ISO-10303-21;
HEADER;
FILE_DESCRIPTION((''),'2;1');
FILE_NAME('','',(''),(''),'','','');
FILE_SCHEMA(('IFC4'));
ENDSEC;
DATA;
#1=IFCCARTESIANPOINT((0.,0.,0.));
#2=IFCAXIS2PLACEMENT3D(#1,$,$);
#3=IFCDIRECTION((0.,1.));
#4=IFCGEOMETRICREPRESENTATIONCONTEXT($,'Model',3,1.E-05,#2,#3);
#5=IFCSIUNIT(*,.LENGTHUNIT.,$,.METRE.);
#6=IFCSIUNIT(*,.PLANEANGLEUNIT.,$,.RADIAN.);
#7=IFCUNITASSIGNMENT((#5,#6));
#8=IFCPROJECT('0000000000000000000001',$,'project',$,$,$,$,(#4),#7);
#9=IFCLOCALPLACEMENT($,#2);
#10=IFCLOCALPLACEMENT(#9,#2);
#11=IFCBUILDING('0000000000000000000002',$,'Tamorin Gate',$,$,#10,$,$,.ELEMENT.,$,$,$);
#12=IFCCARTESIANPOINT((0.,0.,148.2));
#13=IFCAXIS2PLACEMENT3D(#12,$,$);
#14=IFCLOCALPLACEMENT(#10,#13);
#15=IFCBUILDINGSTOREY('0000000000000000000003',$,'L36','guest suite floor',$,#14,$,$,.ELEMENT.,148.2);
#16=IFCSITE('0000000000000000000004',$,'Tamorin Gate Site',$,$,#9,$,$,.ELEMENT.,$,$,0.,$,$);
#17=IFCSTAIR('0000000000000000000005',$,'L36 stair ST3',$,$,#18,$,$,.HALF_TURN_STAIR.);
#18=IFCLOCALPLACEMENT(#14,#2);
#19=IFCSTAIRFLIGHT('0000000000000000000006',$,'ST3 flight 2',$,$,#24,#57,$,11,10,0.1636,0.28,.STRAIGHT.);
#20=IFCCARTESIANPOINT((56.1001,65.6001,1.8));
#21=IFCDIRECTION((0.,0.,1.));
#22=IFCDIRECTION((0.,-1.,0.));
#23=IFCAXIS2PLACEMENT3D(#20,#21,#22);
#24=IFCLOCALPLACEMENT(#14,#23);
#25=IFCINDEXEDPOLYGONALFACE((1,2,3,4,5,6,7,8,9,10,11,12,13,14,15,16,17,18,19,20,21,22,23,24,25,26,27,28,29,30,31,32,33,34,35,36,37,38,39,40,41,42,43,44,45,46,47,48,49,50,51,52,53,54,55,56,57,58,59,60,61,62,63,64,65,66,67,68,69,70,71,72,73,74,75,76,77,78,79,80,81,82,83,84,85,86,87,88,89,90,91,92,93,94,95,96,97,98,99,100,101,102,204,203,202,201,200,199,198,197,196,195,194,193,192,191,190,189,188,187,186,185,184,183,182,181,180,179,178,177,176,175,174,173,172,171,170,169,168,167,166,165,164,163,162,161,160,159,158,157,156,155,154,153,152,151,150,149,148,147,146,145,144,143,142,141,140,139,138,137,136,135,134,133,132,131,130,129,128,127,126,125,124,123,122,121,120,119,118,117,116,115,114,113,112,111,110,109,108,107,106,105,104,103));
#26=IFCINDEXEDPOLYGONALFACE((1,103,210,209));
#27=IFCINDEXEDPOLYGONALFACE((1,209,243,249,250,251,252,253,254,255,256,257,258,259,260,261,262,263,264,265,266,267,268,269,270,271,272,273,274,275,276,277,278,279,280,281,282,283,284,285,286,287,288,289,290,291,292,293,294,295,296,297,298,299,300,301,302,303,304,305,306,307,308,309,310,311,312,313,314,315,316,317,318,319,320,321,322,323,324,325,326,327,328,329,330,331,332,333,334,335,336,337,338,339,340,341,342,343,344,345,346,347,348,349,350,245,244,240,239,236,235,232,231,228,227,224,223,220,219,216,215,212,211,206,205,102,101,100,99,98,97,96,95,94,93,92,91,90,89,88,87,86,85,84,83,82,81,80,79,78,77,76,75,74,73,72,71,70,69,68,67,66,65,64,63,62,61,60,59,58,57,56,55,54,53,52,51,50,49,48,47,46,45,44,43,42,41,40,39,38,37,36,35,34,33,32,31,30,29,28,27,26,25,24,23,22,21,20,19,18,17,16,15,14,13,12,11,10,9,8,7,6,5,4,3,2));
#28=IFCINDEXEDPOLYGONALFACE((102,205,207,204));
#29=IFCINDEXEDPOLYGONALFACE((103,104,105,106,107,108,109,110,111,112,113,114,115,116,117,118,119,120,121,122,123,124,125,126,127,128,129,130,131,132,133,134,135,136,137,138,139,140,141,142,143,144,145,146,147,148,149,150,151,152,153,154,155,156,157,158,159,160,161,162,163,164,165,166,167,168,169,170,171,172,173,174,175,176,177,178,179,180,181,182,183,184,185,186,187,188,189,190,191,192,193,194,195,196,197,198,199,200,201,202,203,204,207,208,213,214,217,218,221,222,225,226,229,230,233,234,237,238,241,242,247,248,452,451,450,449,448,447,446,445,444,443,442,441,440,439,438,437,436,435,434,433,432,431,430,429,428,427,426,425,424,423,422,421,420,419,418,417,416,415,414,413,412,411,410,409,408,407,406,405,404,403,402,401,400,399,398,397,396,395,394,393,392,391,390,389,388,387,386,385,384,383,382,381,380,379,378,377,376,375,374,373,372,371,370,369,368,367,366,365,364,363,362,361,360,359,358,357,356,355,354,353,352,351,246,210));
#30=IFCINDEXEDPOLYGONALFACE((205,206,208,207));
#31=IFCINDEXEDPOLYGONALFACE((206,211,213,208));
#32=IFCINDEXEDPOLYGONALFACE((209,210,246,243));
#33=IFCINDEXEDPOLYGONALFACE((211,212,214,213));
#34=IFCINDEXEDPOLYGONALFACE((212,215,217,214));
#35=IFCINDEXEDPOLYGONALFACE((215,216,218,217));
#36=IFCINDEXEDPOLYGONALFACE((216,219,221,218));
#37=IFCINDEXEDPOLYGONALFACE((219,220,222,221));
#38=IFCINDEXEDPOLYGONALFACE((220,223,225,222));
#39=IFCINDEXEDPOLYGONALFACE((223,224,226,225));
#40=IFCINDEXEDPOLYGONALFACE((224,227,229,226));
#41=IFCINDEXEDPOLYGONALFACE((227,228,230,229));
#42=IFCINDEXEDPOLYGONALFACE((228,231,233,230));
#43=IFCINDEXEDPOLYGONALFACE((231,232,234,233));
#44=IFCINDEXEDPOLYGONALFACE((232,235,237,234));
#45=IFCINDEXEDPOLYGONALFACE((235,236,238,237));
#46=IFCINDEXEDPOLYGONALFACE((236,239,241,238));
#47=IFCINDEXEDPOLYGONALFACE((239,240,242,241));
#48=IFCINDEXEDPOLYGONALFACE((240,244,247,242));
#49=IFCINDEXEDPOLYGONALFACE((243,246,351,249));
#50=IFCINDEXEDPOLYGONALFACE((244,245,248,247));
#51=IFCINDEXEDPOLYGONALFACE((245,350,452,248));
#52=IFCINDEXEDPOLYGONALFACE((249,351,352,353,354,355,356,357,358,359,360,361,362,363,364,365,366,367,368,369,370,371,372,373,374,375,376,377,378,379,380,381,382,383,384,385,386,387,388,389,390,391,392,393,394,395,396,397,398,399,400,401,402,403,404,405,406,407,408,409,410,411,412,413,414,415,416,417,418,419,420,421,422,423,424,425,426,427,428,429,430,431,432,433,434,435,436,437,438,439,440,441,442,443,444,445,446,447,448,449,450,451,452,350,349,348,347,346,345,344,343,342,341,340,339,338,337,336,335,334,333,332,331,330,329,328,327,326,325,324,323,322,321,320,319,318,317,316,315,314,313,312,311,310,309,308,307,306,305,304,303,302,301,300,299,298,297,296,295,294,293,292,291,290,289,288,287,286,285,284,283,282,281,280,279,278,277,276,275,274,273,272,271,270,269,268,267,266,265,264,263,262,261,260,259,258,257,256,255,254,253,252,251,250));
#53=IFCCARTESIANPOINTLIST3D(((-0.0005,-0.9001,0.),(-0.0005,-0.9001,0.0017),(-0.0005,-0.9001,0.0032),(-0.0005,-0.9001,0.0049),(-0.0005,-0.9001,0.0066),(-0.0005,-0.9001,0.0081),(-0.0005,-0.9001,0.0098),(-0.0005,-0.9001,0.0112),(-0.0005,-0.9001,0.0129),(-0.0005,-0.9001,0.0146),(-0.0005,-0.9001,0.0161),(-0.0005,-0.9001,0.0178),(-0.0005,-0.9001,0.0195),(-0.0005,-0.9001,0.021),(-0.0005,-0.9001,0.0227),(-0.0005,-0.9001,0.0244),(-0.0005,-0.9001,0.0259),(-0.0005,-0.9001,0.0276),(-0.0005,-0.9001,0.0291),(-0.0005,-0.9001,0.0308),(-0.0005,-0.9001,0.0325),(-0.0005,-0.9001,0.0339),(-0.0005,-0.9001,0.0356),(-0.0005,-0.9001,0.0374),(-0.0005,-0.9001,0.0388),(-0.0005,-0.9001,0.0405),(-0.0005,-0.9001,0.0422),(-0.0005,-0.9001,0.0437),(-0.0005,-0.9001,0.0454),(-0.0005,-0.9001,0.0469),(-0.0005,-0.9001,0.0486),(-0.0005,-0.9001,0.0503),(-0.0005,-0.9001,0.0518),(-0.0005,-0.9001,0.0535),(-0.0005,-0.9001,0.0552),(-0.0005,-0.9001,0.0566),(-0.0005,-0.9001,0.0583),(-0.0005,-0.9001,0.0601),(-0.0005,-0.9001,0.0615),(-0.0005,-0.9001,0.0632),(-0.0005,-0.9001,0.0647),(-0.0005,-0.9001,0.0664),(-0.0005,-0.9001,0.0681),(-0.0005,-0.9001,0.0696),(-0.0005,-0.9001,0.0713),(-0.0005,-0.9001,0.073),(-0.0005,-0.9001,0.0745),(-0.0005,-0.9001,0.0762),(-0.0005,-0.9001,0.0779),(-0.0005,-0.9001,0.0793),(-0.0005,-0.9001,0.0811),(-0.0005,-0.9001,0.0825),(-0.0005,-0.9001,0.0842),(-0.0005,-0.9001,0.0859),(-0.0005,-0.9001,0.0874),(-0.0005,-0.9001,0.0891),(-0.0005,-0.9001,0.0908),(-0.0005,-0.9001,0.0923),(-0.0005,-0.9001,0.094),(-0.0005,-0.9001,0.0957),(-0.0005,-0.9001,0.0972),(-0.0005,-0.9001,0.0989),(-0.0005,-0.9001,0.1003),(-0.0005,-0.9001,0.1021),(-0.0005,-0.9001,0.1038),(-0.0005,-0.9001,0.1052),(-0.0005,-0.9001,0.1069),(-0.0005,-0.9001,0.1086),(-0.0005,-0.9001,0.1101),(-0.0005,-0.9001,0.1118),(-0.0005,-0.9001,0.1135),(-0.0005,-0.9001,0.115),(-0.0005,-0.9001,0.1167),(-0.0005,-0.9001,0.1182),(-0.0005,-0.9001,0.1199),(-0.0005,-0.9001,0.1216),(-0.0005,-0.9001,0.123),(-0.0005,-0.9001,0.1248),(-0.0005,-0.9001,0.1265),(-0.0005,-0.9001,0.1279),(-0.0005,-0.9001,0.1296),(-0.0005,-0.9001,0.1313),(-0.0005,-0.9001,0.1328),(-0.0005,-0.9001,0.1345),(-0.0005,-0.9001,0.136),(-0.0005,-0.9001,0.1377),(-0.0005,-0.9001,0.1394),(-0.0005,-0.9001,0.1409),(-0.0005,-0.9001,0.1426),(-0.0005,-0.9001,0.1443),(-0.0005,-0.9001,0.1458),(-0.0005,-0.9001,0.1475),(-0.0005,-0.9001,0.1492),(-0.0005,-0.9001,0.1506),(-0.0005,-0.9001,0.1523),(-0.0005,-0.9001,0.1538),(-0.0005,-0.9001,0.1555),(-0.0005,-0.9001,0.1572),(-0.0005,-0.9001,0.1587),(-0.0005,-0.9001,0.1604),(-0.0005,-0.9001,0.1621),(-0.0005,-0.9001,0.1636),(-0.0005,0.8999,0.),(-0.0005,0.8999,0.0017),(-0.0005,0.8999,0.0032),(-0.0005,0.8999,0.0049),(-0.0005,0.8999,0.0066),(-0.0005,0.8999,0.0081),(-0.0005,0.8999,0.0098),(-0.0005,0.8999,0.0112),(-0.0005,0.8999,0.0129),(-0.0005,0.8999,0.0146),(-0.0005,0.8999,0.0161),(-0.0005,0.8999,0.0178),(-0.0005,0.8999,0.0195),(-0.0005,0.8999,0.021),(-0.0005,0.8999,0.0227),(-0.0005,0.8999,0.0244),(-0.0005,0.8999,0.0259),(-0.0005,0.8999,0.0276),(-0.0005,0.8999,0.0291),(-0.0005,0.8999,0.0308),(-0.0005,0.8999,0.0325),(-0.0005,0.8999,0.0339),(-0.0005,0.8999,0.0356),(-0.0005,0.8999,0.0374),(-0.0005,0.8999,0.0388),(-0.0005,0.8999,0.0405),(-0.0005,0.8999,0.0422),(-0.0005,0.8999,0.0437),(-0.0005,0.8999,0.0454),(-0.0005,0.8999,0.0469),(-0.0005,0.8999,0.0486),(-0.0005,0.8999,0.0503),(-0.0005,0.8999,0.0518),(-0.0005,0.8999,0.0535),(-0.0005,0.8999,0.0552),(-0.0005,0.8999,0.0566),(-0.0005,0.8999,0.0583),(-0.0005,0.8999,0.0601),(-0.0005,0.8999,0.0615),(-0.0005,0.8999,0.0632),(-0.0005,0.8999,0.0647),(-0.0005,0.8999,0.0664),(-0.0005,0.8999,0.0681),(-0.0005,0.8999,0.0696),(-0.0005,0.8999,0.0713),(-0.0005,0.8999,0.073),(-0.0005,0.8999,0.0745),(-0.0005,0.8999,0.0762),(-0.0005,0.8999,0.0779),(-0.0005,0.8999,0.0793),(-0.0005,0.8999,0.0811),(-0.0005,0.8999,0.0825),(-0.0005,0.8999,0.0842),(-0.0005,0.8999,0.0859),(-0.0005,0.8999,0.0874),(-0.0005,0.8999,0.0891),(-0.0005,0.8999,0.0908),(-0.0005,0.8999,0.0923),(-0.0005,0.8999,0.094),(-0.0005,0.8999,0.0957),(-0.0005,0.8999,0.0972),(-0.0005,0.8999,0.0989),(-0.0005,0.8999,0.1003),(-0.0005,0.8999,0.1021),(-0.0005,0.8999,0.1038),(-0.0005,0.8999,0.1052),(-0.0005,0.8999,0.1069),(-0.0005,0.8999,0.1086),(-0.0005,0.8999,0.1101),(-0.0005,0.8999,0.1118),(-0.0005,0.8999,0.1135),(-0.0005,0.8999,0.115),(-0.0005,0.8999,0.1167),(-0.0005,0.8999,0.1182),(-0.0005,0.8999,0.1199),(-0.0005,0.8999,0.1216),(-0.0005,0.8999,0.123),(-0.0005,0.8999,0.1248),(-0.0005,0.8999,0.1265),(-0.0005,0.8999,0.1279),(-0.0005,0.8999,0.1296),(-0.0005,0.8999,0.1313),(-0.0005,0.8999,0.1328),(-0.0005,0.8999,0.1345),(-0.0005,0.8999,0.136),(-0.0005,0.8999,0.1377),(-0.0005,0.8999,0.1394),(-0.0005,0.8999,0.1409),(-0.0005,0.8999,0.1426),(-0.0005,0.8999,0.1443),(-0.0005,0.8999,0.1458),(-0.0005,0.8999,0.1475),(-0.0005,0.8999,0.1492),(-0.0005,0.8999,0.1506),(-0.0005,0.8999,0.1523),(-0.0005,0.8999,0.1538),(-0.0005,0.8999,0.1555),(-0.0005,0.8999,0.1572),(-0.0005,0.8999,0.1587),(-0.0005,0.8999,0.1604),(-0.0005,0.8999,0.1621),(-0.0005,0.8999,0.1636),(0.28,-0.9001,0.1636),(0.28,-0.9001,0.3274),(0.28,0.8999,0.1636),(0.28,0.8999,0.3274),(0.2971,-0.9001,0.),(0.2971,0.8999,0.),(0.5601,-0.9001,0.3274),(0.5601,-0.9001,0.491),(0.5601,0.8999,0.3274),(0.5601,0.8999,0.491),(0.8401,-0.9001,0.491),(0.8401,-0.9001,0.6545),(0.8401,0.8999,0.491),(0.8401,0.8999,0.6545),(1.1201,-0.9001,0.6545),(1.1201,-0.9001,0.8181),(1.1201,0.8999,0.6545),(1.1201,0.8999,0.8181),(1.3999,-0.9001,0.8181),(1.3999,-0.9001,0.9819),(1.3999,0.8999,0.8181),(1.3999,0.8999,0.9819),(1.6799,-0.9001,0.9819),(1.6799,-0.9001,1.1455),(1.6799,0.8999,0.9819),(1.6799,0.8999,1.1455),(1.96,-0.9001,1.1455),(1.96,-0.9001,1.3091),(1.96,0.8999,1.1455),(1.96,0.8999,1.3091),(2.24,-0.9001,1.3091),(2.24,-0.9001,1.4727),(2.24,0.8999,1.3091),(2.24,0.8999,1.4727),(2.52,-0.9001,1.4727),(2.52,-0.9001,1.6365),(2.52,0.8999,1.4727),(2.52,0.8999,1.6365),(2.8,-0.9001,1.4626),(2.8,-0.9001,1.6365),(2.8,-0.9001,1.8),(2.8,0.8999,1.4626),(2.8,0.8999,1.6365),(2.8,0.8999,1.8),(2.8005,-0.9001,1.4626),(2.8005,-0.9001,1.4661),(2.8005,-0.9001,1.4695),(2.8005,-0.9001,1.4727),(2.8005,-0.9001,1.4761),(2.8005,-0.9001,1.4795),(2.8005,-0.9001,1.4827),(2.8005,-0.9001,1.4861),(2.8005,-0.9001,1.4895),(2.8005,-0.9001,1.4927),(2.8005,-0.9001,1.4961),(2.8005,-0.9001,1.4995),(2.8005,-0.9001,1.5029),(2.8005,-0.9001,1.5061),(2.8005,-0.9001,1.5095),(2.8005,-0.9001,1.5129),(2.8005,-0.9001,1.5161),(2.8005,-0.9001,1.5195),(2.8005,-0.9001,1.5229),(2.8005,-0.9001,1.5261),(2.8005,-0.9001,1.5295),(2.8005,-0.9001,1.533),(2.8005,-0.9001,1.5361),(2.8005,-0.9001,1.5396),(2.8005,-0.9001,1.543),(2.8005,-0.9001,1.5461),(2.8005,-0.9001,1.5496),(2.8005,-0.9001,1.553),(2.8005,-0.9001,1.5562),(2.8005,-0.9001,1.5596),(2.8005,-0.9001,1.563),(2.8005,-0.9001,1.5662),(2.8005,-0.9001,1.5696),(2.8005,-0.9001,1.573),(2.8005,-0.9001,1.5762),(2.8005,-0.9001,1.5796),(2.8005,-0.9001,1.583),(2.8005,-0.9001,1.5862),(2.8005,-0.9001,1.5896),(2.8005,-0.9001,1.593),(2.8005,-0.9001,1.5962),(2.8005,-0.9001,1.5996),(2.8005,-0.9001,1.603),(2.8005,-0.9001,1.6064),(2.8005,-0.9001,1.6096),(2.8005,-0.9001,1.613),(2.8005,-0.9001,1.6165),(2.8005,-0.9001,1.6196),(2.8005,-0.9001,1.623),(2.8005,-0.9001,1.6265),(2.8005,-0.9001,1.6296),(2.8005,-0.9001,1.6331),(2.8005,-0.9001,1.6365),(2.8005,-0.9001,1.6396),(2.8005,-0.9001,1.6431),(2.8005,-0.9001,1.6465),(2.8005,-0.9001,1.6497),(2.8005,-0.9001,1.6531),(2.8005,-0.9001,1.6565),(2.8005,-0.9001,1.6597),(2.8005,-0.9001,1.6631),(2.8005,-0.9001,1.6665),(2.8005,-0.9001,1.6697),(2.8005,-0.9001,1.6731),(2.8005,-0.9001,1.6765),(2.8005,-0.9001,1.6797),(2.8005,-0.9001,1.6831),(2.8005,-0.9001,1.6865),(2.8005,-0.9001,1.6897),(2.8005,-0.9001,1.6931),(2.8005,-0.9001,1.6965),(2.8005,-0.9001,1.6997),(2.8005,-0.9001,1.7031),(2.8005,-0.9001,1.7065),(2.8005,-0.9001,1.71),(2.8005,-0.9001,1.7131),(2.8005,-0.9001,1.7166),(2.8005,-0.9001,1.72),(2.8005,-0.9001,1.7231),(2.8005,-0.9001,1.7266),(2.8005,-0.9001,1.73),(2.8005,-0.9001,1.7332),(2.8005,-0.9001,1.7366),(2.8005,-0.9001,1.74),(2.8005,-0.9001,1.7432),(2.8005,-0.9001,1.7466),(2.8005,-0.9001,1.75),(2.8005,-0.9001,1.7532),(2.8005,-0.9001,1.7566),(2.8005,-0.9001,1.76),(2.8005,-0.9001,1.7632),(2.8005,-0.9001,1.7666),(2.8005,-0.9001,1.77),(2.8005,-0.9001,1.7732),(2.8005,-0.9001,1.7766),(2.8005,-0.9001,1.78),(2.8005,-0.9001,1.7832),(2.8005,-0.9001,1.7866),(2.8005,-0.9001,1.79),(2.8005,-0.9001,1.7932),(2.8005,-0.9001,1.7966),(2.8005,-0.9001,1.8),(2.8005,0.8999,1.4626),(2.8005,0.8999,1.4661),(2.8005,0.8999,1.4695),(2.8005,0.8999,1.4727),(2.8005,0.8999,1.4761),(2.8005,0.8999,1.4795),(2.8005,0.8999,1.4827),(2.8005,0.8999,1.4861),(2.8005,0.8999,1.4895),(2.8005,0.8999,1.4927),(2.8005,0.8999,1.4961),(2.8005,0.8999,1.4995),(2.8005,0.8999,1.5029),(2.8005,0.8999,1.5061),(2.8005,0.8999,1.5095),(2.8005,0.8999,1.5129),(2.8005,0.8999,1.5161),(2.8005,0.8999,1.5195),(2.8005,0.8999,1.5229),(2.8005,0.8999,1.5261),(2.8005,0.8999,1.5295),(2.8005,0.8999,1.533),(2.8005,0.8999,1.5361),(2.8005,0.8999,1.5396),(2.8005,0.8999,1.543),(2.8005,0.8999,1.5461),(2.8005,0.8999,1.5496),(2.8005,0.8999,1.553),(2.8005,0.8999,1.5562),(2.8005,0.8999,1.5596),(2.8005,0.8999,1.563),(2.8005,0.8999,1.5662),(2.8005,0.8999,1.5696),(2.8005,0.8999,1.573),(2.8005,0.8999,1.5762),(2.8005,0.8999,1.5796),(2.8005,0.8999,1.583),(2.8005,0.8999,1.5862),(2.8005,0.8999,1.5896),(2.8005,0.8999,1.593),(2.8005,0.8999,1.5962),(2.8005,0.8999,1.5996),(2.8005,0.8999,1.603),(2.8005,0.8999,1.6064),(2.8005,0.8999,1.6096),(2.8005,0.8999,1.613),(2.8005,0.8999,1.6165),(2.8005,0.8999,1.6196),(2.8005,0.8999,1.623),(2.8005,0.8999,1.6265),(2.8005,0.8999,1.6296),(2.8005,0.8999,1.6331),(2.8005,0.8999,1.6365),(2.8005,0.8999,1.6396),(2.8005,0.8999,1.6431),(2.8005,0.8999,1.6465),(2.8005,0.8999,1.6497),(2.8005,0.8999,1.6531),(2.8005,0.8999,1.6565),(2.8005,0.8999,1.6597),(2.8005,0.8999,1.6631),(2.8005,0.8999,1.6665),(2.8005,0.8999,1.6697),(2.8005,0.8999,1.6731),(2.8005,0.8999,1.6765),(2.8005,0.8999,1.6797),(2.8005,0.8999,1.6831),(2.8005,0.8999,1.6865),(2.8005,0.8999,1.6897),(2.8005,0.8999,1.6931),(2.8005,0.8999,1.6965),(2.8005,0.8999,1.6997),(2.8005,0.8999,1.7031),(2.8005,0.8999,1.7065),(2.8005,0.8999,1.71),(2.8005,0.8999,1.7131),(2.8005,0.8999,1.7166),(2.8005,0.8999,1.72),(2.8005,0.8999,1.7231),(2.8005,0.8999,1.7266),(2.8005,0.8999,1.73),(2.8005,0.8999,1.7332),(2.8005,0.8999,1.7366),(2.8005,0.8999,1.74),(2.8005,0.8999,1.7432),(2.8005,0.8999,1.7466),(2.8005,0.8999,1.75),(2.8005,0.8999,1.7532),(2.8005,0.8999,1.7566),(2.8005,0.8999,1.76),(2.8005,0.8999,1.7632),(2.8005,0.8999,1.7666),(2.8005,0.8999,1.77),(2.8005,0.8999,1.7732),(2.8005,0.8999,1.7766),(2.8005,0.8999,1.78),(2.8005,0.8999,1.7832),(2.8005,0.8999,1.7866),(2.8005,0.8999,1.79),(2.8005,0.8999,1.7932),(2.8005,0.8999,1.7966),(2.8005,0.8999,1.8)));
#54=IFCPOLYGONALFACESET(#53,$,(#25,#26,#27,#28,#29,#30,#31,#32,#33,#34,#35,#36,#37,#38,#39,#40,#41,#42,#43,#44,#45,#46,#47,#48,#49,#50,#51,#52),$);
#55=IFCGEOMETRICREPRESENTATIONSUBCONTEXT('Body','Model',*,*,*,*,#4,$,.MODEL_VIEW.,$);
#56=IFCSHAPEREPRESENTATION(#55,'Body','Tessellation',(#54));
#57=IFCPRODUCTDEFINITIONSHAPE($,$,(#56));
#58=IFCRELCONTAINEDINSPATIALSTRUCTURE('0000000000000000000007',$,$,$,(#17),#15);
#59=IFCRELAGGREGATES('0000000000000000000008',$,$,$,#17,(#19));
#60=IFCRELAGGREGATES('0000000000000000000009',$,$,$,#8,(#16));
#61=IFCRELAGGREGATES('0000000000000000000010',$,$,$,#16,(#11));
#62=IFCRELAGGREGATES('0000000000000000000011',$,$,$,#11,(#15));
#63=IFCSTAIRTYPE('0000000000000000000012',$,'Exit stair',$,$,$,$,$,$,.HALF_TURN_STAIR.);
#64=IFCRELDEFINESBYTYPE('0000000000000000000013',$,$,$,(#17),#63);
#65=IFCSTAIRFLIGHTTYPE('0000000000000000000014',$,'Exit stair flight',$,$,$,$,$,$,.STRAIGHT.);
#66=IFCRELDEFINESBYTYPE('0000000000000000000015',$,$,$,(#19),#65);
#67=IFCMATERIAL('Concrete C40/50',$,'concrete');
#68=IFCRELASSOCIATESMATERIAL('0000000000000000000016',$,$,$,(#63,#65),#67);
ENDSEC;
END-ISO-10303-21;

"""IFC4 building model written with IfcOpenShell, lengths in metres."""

from ifc_helpers import new_model, si_unit, direction, frame, origin, place, context, subcontext, project, spatial, polyline, outline, extrude, material, type_object, element, aggregate, save


model = new_model("IFC4")

# Units and contexts
model_context = context("Model", 3, precision=1e-05, world=origin(), true_north=direction((0.0, 1.0)))
body_context = subcontext(model_context, "Body", "Model", "MODEL_VIEW")
ifc_project = project(units=[si_unit("LENGTHUNIT", "METRE"), si_unit("PLANEANGLEUNIT", "RADIAN")], contexts=[model_context])

# Site, building, storey
site_placement = place(None, origin())
site = spatial("IfcSite", under=ifc_project, at=site_placement, Name="Tamorin Gate Site", CompositionType="ELEMENT", RefElevation=0.0)
building_placement = place(site_placement, origin())
building = spatial("IfcBuilding", under=site, at=building_placement, Name="Tamorin Gate", CompositionType="ELEMENT")
storey_placement = place(building_placement, frame((0.0, 0.0, 148.2)))
storey = spatial("IfcBuildingStorey", under=building, at=storey_placement, Name="L36", Description="guest suite floor", CompositionType="ELEMENT", Elevation=148.2)

# Shared definitions
ifc_material_1 = material(Name="Concrete C40/50", Category="concrete")

# Stair, stair flight
stair_type = type_object("IfcStairType", Name="Exit stair", PredefinedType="HALF_TURN_STAIR", material=ifc_material_1)
stair_placement = place(storey_placement, origin())
stair = element("IfcStair", 1, at=stair_placement, inside=storey, type_object=stair_type, Name="L36 stair ST3", PredefinedType="HALF_TURN_STAIR")
stair_flight_type = type_object("IfcStairFlightType", Name="Exit stair flight", PredefinedType="STRAIGHT", material=ifc_material_1)
stair_flight_placement = place(storey_placement, frame((56.1001, 65.6001, 1.8), z_axis=(0.0, 0.0, 1.0), x_axis=(0.0, -1.0, 0.0)))
stair_flight = element("IfcStairFlight", 2, at=stair_flight_placement, type_object=stair_flight_type, Name="ST3 flight 2", NumberOfRisers=11, NumberOfTreads=10, PredefinedType="STRAIGHT", RiserHeight=0.1636, TreadLength=0.28, context=body_context, shape_type="SweptSolid", body=[
    extrude(outline(polyline([(-0.0005, 0.0), (-0.0005, 0.0017), (-0.0005, 0.0032), (-0.0005, 0.0049), (-0.0005, 0.0066), (-0.0005, 0.0081), (-0.0005, 0.0098), (-0.0005, 0.0112), (-0.0005, 0.0129), (-0.0005, 0.0146), (-0.0005, 0.0161), (-0.0005, 0.0178), (-0.0005, 0.0195), (-0.0005, 0.021), (-0.0005, 0.0227), (-0.0005, 0.0244), (-0.0005, 0.0259), (-0.0005, 0.0276), (-0.0005, 0.0291), (-0.0005, 0.0308), (-0.0005, 0.0325), (-0.0005, 0.0339), (-0.0005, 0.0356), (-0.0005, 0.0374), (-0.0005, 0.0388), (-0.0005, 0.0405), (-0.0005, 0.0422), (-0.0005, 0.0437), (-0.0005, 0.0454), (-0.0005, 0.0469), (-0.0005, 0.0486), (-0.0005, 0.0503), (-0.0005, 0.0518), (-0.0005, 0.0535), (-0.0005, 0.0552), (-0.0005, 0.0566), (-0.0005, 0.0583), (-0.0005, 0.0601), (-0.0005, 0.0615), (-0.0005, 0.0632), (-0.0005, 0.0647), (-0.0005, 0.0664), (-0.0005, 0.0681), (-0.0005, 0.0696), (-0.0005, 0.0713), (-0.0005, 0.073), (-0.0005, 0.0745), (-0.0005, 0.0762), (-0.0005, 0.0779), (-0.0005, 0.0793), (-0.0005, 0.0811), (-0.0005, 0.0825), (-0.0005, 0.0842), (-0.0005, 0.0859), (-0.0005, 0.0874), (-0.0005, 0.0891), (-0.0005, 0.0908), (-0.0005, 0.0923), (-0.0005, 0.094), (-0.0005, 0.0957), (-0.0005, 0.0972), (-0.0005, 0.0989), (-0.0005, 0.1003), (-0.0005, 0.1021), (-0.0005, 0.1038), (-0.0005, 0.1052), (-0.0005, 0.1069), (-0.0005, 0.1086), (-0.0005, 0.1101), (-0.0005, 0.1118), (-0.0005, 0.1135), (-0.0005, 0.115), (-0.0005, 0.1167), (-0.0005, 0.1182), (-0.0005, 0.1199), (-0.0005, 0.1216), (-0.0005, 0.123), (-0.0005, 0.1248), (-0.0005, 0.1265), (-0.0005, 0.1279), (-0.0005, 0.1296), (-0.0005, 0.1313), (-0.0005, 0.1328), (-0.0005, 0.1345), (-0.0005, 0.136), (-0.0005, 0.1377), (-0.0005, 0.1394), (-0.0005, 0.1409), (-0.0005, 0.1426), (-0.0005, 0.1443), (-0.0005, 0.1458), (-0.0005, 0.1475), (-0.0005, 0.1492), (-0.0005, 0.1506), (-0.0005, 0.1523), (-0.0005, 0.1538), (-0.0005, 0.1555), (-0.0005, 0.1572), (-0.0005, 0.1587), (-0.0005, 0.1604), (-0.0005, 0.1621), (-0.0005, 0.1636), (0.28, 0.1636), (0.28, 0.3274), (0.5601, 0.3274), (0.5601, 0.491), (0.8401, 0.491), (0.8401, 0.6545), (1.1201, 0.6545), (1.1201, 0.8181), (1.3999, 0.8181), (1.3999, 0.9819), (1.6799, 0.9819), (1.6799, 1.1455), (1.96, 1.1455), (1.96, 1.3091), (2.24, 1.3091), (2.24, 1.4727), (2.52, 1.4727), (2.52, 1.6365), (2.8, 1.6365), (2.8, 1.8), (2.8005, 1.8), (2.8005, 1.7966), (2.8005, 1.7932), (2.8005, 1.79), (2.8005, 1.7866), (2.8005, 1.7832), (2.8005, 1.78), (2.8005, 1.7766), (2.8005, 1.7732), (2.8005, 1.77), (2.8005, 1.7666), (2.8005, 1.7632), (2.8005, 1.76), (2.8005, 1.7566), (2.8005, 1.7532), (2.8005, 1.75), (2.8005, 1.7466), (2.8005, 1.7432), (2.8005, 1.74), (2.8005, 1.7366), (2.8005, 1.7332), (2.8005, 1.73), (2.8005, 1.7266), (2.8005, 1.7231), (2.8005, 1.72), (2.8005, 1.7166), (2.8005, 1.7131), (2.8005, 1.71), (2.8005, 1.7065), (2.8005, 1.7031), (2.8005, 1.6997), (2.8005, 1.6965), (2.8005, 1.6931), (2.8005, 1.6897), (2.8005, 1.6865), (2.8005, 1.6831), (2.8005, 1.6797), (2.8005, 1.6765), (2.8005, 1.6731), (2.8005, 1.6697), (2.8005, 1.6665), (2.8005, 1.6631), (2.8005, 1.6597), (2.8005, 1.6565), (2.8005, 1.6531), (2.8005, 1.6497), (2.8005, 1.6465), (2.8005, 1.6431), (2.8005, 1.6396), (2.8005, 1.6365), (2.8005, 1.6331), (2.8005, 1.6296), (2.8005, 1.6265), (2.8005, 1.623), (2.8005, 1.6196), (2.8005, 1.6165), (2.8005, 1.613), (2.8005, 1.6096), (2.8005, 1.6064), (2.8005, 1.603), (2.8005, 1.5996), (2.8005, 1.5962), (2.8005, 1.593), (2.8005, 1.5896), (2.8005, 1.5862), (2.8005, 1.583), (2.8005, 1.5796), (2.8005, 1.5762), (2.8005, 1.573), (2.8005, 1.5696), (2.8005, 1.5662), (2.8005, 1.563), (2.8005, 1.5596), (2.8005, 1.5562), (2.8005, 1.553), (2.8005, 1.5496), (2.8005, 1.5461), (2.8005, 1.543), (2.8005, 1.5396), (2.8005, 1.5361), (2.8005, 1.533), (2.8005, 1.5295), (2.8005, 1.5261), (2.8005, 1.5229), (2.8005, 1.5195), (2.8005, 1.5161), (2.8005, 1.5129), (2.8005, 1.5095), (2.8005, 1.5061), (2.8005, 1.5029), (2.8005, 1.4995), (2.8005, 1.4961), (2.8005, 1.4927), (2.8005, 1.4895), (2.8005, 1.4861), (2.8005, 1.4827), (2.8005, 1.4795), (2.8005, 1.4761), (2.8005, 1.4727), (2.8005, 1.4695), (2.8005, 1.4661), (2.8005, 1.4626), (2.8, 1.4626), (0.2971, 0.0), (-0.0005, 0.0)])), frame((0.0, 0.8999, 0.0), z_axis=(0.0, -1.0, 0.0), x_axis=(1.0, 0.0, 0.0)), (0.0, 0.0, 1.0), 1.8),
])
aggregate(stair, [stair_flight])

save(model, "model.ifc")
